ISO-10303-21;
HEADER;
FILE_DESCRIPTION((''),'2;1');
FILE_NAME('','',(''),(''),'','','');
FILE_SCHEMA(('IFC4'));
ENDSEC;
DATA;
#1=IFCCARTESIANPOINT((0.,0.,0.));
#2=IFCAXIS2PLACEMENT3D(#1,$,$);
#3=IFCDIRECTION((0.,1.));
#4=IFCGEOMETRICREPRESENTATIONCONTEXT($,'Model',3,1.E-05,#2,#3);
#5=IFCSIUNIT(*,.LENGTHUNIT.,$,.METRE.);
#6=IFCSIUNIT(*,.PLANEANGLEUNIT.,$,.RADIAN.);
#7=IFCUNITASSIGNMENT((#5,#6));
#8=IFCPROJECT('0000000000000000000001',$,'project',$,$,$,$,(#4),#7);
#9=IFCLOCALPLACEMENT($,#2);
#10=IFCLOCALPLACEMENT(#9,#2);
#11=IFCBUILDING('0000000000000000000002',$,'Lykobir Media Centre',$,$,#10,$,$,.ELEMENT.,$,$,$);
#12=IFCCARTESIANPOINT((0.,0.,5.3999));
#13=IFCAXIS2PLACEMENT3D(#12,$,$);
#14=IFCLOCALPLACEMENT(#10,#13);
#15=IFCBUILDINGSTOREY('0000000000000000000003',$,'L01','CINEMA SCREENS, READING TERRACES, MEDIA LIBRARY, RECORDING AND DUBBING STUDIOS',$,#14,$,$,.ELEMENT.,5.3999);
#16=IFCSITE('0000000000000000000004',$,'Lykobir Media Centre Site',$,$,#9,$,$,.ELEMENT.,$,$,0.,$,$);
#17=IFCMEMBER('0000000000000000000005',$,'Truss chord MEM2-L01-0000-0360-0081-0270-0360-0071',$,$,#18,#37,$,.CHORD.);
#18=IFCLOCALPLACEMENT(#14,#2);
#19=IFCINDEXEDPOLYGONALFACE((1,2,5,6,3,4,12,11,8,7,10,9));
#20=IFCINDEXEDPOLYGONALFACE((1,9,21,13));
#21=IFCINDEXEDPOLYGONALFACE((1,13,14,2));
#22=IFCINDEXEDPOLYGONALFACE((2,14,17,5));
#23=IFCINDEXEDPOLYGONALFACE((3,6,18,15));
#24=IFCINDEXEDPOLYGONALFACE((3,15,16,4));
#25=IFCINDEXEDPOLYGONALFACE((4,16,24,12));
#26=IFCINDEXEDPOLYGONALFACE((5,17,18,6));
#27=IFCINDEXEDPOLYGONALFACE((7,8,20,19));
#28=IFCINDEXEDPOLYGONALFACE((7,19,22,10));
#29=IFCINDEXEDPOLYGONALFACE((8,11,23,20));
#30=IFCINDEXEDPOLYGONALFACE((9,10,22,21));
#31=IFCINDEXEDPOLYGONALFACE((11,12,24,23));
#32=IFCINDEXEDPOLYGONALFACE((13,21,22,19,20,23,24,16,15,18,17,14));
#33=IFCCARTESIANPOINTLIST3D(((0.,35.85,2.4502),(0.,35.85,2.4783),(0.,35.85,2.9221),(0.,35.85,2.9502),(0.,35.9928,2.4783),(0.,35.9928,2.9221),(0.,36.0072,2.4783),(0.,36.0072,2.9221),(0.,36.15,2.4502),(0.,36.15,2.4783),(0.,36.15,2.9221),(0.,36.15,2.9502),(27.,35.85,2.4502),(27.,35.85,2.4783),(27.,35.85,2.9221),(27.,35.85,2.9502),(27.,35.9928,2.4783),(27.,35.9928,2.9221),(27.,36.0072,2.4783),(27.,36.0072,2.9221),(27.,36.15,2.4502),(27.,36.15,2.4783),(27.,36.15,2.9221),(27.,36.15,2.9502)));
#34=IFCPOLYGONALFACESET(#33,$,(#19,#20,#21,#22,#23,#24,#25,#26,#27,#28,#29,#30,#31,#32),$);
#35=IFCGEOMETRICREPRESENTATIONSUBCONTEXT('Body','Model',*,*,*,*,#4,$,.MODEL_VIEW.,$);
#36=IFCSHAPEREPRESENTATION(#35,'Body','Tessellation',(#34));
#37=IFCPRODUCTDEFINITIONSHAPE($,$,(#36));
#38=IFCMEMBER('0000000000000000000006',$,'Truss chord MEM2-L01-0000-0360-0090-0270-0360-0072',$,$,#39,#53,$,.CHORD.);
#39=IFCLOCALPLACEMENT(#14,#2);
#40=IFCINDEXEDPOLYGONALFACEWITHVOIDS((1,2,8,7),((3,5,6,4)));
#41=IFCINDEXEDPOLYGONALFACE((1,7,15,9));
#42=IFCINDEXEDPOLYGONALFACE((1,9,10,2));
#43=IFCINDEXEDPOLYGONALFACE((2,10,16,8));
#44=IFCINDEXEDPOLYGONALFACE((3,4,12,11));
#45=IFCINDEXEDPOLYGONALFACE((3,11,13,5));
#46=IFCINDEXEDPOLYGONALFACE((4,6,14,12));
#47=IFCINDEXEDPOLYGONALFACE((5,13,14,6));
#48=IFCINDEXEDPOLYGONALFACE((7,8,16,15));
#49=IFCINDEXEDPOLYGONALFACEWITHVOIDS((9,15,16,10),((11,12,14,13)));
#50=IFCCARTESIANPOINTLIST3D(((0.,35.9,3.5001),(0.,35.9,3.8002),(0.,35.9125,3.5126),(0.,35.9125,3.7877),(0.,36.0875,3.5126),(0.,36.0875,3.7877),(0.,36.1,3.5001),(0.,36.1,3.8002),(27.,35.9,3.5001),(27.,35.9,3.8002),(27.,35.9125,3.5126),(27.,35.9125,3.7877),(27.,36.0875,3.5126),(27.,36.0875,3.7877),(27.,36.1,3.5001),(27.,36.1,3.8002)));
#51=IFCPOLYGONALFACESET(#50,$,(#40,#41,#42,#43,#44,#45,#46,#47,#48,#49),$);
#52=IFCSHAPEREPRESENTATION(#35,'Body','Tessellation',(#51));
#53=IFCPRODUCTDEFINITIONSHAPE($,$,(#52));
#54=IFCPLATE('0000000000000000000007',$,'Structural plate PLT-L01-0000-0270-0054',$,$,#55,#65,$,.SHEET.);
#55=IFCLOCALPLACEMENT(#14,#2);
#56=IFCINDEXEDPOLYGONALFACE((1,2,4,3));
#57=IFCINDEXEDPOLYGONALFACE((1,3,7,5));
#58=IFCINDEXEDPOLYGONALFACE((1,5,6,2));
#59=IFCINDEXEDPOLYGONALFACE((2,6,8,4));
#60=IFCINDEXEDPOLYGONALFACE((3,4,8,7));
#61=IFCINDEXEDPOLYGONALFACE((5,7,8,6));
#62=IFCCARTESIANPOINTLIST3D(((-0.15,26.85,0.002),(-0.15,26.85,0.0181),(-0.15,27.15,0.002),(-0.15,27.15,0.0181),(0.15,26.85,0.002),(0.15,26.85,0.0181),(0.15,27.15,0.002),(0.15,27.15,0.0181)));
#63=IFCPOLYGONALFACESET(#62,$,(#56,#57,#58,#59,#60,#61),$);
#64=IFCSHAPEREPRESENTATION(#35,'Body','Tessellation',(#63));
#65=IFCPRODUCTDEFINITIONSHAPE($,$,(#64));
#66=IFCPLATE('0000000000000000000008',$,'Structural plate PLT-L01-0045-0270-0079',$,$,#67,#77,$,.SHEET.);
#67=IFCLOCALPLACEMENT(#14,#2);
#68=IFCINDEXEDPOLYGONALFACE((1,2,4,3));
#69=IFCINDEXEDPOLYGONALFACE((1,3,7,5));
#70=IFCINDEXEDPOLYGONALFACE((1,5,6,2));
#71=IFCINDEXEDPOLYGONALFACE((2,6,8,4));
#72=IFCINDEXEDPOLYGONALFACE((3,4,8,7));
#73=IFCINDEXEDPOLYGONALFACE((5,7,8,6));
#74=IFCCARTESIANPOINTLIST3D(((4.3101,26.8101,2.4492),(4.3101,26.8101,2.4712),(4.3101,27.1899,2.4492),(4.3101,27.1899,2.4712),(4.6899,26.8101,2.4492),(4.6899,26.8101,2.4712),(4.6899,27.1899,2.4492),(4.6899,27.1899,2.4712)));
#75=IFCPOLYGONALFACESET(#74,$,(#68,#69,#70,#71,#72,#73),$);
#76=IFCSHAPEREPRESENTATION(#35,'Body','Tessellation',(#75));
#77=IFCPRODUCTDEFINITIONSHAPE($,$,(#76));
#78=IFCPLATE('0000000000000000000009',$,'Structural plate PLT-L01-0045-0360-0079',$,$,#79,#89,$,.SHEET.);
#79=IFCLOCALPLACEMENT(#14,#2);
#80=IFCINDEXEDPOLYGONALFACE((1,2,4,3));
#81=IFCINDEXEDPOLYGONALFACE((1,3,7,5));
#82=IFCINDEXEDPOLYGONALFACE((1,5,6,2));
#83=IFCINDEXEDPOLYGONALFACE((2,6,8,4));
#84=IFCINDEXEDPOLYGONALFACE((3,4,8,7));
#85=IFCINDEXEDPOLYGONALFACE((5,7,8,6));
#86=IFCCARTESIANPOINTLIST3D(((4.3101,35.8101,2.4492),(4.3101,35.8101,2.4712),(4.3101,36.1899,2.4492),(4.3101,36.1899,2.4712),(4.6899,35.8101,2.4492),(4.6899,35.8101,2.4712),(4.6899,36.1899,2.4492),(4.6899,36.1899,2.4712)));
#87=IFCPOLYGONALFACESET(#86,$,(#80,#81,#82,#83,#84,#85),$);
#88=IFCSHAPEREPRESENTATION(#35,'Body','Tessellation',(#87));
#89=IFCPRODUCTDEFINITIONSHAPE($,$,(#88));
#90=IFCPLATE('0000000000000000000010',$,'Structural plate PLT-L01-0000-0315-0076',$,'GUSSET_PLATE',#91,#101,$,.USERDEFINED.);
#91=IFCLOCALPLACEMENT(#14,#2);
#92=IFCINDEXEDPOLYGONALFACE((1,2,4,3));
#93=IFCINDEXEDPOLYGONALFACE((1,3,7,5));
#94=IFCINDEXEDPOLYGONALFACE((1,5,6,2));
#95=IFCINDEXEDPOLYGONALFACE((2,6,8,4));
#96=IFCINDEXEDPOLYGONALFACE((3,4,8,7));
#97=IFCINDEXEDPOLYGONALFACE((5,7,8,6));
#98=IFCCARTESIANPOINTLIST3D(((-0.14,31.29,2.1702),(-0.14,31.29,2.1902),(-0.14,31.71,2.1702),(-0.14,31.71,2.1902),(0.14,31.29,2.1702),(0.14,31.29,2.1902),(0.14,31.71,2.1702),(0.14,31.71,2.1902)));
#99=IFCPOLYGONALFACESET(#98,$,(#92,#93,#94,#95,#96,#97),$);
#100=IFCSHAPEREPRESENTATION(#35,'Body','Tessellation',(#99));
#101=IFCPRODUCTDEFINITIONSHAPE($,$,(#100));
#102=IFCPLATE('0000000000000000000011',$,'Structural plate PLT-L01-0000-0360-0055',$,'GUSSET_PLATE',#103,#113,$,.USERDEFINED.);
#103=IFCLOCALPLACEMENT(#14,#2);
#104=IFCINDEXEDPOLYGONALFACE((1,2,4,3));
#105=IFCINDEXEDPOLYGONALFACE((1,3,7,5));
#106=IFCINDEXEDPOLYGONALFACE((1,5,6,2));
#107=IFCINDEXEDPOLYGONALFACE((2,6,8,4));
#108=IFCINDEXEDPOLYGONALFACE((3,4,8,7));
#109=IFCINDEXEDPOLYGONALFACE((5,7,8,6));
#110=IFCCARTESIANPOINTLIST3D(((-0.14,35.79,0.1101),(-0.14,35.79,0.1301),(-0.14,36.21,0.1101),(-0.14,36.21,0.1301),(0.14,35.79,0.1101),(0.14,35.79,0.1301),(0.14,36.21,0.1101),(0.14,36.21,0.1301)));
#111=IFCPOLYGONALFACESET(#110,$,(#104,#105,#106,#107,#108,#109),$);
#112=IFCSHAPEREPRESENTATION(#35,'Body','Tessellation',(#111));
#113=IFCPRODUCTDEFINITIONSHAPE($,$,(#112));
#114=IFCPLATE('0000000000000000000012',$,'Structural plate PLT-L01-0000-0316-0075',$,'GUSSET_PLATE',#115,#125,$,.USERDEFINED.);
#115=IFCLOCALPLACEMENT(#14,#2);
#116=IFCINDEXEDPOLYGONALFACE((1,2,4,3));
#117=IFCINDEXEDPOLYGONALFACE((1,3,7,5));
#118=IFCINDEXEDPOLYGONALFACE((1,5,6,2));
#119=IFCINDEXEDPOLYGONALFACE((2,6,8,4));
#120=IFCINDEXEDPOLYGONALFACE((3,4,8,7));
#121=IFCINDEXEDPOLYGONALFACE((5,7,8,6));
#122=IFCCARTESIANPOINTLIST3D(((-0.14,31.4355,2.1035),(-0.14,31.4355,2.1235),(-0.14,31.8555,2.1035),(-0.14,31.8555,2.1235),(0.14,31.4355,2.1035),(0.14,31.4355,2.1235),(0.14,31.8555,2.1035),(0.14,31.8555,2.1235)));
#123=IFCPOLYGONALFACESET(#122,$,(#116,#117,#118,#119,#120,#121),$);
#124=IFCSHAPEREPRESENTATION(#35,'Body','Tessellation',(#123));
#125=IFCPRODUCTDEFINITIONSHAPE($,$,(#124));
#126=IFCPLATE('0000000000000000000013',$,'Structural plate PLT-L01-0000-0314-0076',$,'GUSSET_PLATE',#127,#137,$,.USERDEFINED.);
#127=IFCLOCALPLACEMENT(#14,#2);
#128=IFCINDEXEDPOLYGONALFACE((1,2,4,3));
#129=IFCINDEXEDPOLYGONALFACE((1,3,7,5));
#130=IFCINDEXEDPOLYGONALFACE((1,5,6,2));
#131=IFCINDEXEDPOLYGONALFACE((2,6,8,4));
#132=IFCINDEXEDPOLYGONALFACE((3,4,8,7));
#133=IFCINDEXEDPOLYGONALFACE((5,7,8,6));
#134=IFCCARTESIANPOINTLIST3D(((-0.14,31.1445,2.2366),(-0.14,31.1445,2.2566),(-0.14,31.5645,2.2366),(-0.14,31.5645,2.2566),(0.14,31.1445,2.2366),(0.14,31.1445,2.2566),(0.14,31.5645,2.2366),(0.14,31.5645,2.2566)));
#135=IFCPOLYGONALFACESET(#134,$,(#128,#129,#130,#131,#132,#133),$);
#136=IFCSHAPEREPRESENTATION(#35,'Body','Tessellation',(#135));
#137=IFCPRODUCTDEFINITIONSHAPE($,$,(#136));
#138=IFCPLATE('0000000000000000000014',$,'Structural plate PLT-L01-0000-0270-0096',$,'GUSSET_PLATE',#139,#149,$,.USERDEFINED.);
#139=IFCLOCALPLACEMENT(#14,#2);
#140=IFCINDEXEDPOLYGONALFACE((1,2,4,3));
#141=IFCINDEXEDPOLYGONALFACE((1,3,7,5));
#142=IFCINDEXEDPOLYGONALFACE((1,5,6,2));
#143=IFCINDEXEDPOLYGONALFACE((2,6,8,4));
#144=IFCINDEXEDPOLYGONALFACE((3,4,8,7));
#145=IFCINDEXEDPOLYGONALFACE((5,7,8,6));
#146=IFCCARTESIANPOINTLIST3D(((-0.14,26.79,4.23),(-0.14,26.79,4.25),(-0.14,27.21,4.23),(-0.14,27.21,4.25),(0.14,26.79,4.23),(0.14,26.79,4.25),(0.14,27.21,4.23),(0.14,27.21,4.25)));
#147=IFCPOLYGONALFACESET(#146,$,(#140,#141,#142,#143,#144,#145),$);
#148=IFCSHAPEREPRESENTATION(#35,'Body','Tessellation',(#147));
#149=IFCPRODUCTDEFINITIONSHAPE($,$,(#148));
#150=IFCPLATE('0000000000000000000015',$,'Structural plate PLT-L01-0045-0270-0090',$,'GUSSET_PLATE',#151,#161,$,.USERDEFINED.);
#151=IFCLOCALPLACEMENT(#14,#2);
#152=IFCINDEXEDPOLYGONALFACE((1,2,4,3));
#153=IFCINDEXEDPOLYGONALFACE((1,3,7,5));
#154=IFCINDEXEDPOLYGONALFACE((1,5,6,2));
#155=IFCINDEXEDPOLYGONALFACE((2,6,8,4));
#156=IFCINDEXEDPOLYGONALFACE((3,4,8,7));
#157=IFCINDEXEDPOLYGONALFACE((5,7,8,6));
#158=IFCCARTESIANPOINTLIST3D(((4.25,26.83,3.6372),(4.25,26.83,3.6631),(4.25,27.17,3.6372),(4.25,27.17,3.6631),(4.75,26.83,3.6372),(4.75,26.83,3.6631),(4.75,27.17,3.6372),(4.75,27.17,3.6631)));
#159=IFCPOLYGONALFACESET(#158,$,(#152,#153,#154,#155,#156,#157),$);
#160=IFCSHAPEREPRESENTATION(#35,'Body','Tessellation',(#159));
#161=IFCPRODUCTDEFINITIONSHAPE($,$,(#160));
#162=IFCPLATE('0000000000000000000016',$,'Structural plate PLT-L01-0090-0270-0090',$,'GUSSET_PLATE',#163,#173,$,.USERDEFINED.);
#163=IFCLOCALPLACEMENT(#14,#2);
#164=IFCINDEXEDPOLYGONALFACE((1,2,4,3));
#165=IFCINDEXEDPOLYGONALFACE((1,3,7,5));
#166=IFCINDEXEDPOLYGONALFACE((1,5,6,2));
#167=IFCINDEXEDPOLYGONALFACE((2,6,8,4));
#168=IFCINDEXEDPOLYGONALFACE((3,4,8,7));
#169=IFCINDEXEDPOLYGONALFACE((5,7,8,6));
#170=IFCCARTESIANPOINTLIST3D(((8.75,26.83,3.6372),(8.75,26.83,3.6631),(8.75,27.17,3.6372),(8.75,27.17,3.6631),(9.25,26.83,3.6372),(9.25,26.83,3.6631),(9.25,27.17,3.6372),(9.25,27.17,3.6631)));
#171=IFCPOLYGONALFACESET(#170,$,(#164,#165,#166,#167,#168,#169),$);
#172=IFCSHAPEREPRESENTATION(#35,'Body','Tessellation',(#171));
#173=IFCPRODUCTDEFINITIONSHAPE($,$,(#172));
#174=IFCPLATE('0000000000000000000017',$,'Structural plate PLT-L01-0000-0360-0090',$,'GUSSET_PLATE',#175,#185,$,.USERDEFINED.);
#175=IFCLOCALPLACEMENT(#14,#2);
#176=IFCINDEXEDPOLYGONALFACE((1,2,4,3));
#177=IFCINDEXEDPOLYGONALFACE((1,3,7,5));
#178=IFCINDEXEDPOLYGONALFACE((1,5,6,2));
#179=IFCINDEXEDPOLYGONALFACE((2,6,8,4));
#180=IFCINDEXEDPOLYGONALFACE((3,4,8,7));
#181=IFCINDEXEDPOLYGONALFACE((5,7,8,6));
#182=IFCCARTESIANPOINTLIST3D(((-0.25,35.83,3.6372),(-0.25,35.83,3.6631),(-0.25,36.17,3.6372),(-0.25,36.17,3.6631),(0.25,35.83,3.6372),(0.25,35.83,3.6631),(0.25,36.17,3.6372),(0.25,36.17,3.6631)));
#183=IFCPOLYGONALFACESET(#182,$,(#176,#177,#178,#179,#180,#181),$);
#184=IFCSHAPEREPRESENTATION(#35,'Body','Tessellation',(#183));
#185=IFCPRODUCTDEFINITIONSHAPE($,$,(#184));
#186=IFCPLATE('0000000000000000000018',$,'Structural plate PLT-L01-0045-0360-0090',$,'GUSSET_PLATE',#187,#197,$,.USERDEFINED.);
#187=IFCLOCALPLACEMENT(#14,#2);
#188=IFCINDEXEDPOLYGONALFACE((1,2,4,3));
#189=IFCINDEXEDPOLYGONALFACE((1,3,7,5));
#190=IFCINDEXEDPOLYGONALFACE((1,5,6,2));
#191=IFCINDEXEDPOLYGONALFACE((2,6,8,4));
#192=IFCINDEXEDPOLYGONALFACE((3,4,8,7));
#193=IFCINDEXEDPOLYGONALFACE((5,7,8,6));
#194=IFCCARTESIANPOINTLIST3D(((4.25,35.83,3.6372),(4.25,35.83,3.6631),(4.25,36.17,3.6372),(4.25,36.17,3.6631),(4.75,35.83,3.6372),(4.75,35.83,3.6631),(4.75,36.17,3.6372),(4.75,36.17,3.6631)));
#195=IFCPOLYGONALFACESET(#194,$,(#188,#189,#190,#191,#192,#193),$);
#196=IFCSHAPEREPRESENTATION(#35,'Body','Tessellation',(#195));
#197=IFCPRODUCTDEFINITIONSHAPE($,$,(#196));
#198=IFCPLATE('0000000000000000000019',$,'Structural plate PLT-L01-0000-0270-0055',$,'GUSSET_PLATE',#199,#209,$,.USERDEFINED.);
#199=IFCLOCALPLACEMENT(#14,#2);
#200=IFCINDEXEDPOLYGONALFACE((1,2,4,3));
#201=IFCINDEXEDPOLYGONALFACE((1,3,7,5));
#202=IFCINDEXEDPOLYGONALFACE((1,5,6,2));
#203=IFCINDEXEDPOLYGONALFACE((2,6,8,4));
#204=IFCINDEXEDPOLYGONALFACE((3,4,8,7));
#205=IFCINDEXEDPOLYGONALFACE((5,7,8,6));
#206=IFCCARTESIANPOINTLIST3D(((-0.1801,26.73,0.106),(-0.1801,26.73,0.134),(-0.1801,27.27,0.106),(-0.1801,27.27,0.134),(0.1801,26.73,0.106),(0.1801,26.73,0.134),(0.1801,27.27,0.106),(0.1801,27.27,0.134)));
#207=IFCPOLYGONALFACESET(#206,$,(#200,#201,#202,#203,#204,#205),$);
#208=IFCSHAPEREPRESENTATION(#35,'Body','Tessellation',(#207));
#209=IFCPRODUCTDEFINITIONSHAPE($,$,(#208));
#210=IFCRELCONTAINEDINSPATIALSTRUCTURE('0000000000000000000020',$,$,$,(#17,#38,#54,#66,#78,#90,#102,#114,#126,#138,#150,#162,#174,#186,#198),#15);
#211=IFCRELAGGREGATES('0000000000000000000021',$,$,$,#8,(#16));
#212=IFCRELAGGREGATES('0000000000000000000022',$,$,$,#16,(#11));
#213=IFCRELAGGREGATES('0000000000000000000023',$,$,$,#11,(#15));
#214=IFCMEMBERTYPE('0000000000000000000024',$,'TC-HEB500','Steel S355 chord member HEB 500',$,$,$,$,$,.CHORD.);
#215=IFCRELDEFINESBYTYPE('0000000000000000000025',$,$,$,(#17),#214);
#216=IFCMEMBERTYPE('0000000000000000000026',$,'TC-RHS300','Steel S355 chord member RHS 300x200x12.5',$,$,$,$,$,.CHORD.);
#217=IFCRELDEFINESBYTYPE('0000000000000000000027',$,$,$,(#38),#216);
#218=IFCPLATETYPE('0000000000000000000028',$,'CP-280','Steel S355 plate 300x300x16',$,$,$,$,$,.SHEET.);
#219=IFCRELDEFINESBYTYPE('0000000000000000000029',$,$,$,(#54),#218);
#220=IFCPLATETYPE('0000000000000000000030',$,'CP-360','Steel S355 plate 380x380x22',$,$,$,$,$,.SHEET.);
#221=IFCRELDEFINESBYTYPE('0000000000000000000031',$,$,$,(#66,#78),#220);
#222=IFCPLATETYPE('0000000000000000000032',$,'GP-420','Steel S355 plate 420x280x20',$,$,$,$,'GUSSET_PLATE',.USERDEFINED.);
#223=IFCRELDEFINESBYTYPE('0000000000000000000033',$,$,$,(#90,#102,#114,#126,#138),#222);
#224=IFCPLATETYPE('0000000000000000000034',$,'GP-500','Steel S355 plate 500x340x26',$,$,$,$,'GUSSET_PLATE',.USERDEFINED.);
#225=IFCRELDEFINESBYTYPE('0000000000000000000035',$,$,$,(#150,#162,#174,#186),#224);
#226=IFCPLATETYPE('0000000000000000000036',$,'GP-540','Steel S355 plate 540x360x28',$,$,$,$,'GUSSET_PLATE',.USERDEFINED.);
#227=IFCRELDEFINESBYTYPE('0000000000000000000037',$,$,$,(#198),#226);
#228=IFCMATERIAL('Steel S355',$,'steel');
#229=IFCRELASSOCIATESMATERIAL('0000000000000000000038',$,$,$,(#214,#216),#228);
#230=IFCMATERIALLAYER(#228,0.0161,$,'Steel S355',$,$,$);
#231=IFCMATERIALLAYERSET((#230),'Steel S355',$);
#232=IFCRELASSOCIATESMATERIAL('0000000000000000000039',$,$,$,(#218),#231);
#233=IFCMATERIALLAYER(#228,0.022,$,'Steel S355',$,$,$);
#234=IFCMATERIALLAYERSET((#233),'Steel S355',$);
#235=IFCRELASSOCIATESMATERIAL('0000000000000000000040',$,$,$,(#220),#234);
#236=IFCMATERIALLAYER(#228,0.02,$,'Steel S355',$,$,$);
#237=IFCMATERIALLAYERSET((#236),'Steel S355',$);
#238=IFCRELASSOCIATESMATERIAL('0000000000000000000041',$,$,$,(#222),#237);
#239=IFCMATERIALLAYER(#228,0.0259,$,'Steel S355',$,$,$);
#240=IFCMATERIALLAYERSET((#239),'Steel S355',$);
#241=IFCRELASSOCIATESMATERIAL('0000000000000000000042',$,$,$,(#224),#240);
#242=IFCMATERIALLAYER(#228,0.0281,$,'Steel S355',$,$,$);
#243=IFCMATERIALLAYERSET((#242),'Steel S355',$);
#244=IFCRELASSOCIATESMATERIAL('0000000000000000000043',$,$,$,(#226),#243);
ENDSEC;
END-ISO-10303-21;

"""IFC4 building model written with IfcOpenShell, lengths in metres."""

from ifc_helpers import new_model, si_unit, direction, frame, origin, origin_2d, place, context, subcontext, project, spatial, rectangle, hollow_rectangle, i_section, extrude, material, layer, layer_set, material_profile, profile_set, type_object, element, save


model = new_model("IFC4")

# Units and contexts
model_context = context("Model", 3, precision=1e-05, world=origin(), true_north=direction((0.0, 1.0)))
body_context = subcontext(model_context, "Body", "Model", "MODEL_VIEW")
ifc_project = project(units=[si_unit("LENGTHUNIT", "METRE"), si_unit("PLANEANGLEUNIT", "RADIAN")], contexts=[model_context])

# Site, building, storey
site_placement = place(None, origin())
site = spatial("IfcSite", under=ifc_project, at=site_placement, Name="Lykobir Media Centre Site", CompositionType="ELEMENT", RefElevation=0.0)
building_placement = place(site_placement, origin())
building = spatial("IfcBuilding", under=site, at=building_placement, Name="Lykobir Media Centre", CompositionType="ELEMENT")
storey_placement = place(building_placement, frame((0.0, 0.0, 5.3999)))
storey = spatial("IfcBuildingStorey", under=building, at=storey_placement, Name="L01", Description="CINEMA SCREENS, READING TERRACES, MEDIA LIBRARY, RECORDING AND DUBBING STUDIOS", CompositionType="ELEMENT", Elevation=5.3999)

# Shared definitions
ifc_material_1 = material(Name="Steel S355", Category="steel")

# Members
ifc_material_profile_1 = material_profile(ifc_material_1, i_section(OverallWidth=0.3, OverallDepth=0.5, WebThickness=0.0144, FlangeThickness=0.0281, at=origin_2d()), Name="HEB 500")
ifc_profile_set_1 = profile_set([ifc_material_profile_1], Name="Steel S355")
member_type_1 = type_object("IfcMemberType", Name="TC-HEB500", Description="Steel S355 chord member HEB 500", PredefinedType="CHORD", material=ifc_profile_set_1)
member_1_placement = place(storey_placement, frame((0.0, 36.0, 2.7002), z_axis=(1.0, 0.0, 0.0), x_axis=(0.0, 1.0, 0.0)))
element("IfcMember", 1, at=member_1_placement, inside=storey, type_object=member_type_1, Name="Truss chord MEM2-L01-0000-0360-0081-0270-0360-0071", PredefinedType="CHORD", context=body_context, shape_type="SweptSolid", body=[
    extrude(i_section(OverallWidth=0.3, OverallDepth=0.5, WebThickness=0.0144, FlangeThickness=0.0281, at=origin_2d()), origin(), (0.0, 0.0, 1.0), 27.0),
])
ifc_material_profile_2 = material_profile(ifc_material_1, hollow_rectangle(XDim=0.2, YDim=0.3, WallThickness=0.0125, at=origin_2d()), Name="RHS 300x200x12.5")
ifc_profile_set_2 = profile_set([ifc_material_profile_2], Name="Steel S355")
member_type_2 = type_object("IfcMemberType", Name="TC-RHS300", Description="Steel S355 chord member RHS 300x200x12.5", PredefinedType="CHORD", material=ifc_profile_set_2)
member_2_placement = place(storey_placement, frame((0.0, 36.0, 3.6501), z_axis=(1.0, 0.0, 0.0), x_axis=(0.0, 1.0, 0.0)))
element("IfcMember", 2, at=member_2_placement, inside=storey, type_object=member_type_2, Name="Truss chord MEM2-L01-0000-0360-0090-0270-0360-0072", PredefinedType="CHORD", context=body_context, shape_type="SweptSolid", body=[
    extrude(hollow_rectangle(XDim=0.2, YDim=0.3, WallThickness=0.0125, at=origin_2d()), origin(), (0.0, 0.0, 1.0), 27.0),
])

# Plates
ifc_layer_1 = layer(ifc_material_1, 0.0161, Name="Steel S355")
ifc_layer_set_1 = layer_set([ifc_layer_1], Name="Steel S355")
plate_type_1 = type_object("IfcPlateType", Name="CP-280", Description="Steel S355 plate 300x300x16", PredefinedType="SHEET", material=ifc_layer_set_1)
plate_placement = place(storey_placement, frame((0.0, 27.0, 0.002), z_axis=(0.0, 0.0, 1.0), x_axis=(0.0, 1.0, 0.0)))
element("IfcPlate", 3, at=plate_placement, inside=storey, type_object=plate_type_1, Name="Structural plate PLT-L01-0000-0270-0054", PredefinedType="SHEET", context=body_context, shape_type="SweptSolid", body=[
    extrude(rectangle(XDim=0.3, YDim=0.3, at=origin_2d()), origin(), (0.0, 0.0, 1.0), 0.0161),
])
ifc_layer_2 = layer(ifc_material_1, 0.022, Name="Steel S355")
ifc_layer_set_2 = layer_set([ifc_layer_2], Name="Steel S355")
plate_type_2 = type_object("IfcPlateType", Name="CP-360", Description="Steel S355 plate 380x380x22", PredefinedType="SHEET", material=ifc_layer_set_2)
for number, where, z_axis, x_axis, name in (
    (4, (4.5, 27.0, 2.4492), (0.0, 0.0, 1.0), (1.0, 0.0, 0.0), "Structural plate PLT-L01-0045-0270-0079"),
    (5, (4.5, 36.0, 2.4492), (0.0, 0.0, 1.0), (1.0, 0.0, 0.0), "Structural plate PLT-L01-0045-0360-0079"),
):
    element("IfcPlate", number, at=place(storey_placement, frame(where, z_axis=z_axis, x_axis=x_axis)), inside=storey, type_object=plate_type_2, Name=name, PredefinedType="SHEET", context=body_context, shape_type="SweptSolid", body=[
        extrude(rectangle(XDim=0.3799, YDim=0.3799, at=origin_2d()), origin(), (0.0, 0.0, 1.0), 0.022),
    ])
ifc_layer_3 = layer(ifc_material_1, 0.02, Name="Steel S355")
ifc_layer_set_3 = layer_set([ifc_layer_3], Name="Steel S355")
plate_type_3 = type_object("IfcPlateType", Name="GP-420", Description="Steel S355 plate 420x280x20", ElementType="GUSSET_PLATE", PredefinedType="USERDEFINED", material=ifc_layer_set_3)
for number, where, z_axis, x_axis, name in (
    (6, (0.0, 31.5, 2.1702), (0.0, 0.0, 1.0), (0.0, 1.0, 0.0), "Structural plate PLT-L01-0000-0315-0076"),
    (7, (0.0, 36.0, 0.1101), (0.0, 0.0, 1.0), (0.0, 1.0, 0.0), "Structural plate PLT-L01-0000-0360-0055"),
    (8, (0.0, 31.6455, 2.1035), (0.0, 0.0, 1.0), (0.0, 1.0, 0.0), "Structural plate PLT-L01-0000-0316-0075"),
    (9, (0.0, 31.3545, 2.2366), (0.0, 0.0, 1.0), (0.0, 1.0, 0.0), "Structural plate PLT-L01-0000-0314-0076"),
    (10, (0.0, 27.0, 4.23), (0.0, 0.0, 1.0), (0.0, 1.0, 0.0), "Structural plate PLT-L01-0000-0270-0096"),
):
    element("IfcPlate", number, at=place(storey_placement, frame(where, z_axis=z_axis, x_axis=x_axis)), inside=storey, type_object=plate_type_3, Name=name, ObjectType="GUSSET_PLATE", PredefinedType="USERDEFINED", context=body_context, shape_type="SweptSolid", body=[
        extrude(rectangle(XDim=0.4199, YDim=0.28, at=origin_2d()), origin(), (0.0, 0.0, 1.0), 0.02),
    ])
ifc_layer_4 = layer(ifc_material_1, 0.0259, Name="Steel S355")
ifc_layer_set_4 = layer_set([ifc_layer_4], Name="Steel S355")
plate_type_4 = type_object("IfcPlateType", Name="GP-500", Description="Steel S355 plate 500x340x26", ElementType="GUSSET_PLATE", PredefinedType="USERDEFINED", material=ifc_layer_set_4)
for number, where, z_axis, x_axis, name in (
    (11, (4.5, 27.0, 3.6372), (0.0, 0.0, 1.0), (1.0, 0.0, 0.0), "Structural plate PLT-L01-0045-0270-0090"),
    (12, (9.0, 27.0, 3.6372), (0.0, 0.0, 1.0), (1.0, 0.0, 0.0), "Structural plate PLT-L01-0090-0270-0090"),
    (13, (0.0, 36.0, 3.6372), (0.0, 0.0, 1.0), (1.0, 0.0, 0.0), "Structural plate PLT-L01-0000-0360-0090"),
    (14, (4.5, 36.0, 3.6372), (0.0, 0.0, 1.0), (1.0, 0.0, 0.0), "Structural plate PLT-L01-0045-0360-0090"),
):
    element("IfcPlate", number, at=place(storey_placement, frame(where, z_axis=z_axis, x_axis=x_axis)), inside=storey, type_object=plate_type_4, Name=name, ObjectType="GUSSET_PLATE", PredefinedType="USERDEFINED", context=body_context, shape_type="SweptSolid", body=[
        extrude(rectangle(XDim=0.5, YDim=0.3401, at=origin_2d()), origin(), (0.0, 0.0, 1.0), 0.0259),
    ])
ifc_layer_5 = layer(ifc_material_1, 0.0281, Name="Steel S355")
ifc_layer_set_5 = layer_set([ifc_layer_5], Name="Steel S355")
plate_type_5 = type_object("IfcPlateType", Name="GP-540", Description="Steel S355 plate 540x360x28", ElementType="GUSSET_PLATE", PredefinedType="USERDEFINED", material=ifc_layer_set_5)
for number, where, z_axis, x_axis, name in (
    (15, (0.0, 27.0, 0.106), (0.0, 0.0, 1.0), (0.0, 1.0, 0.0), "Structural plate PLT-L01-0000-0270-0055"),
):
    element("IfcPlate", number, at=place(storey_placement, frame(where, z_axis=z_axis, x_axis=x_axis)), inside=storey, type_object=plate_type_5, Name=name, ObjectType="GUSSET_PLATE", PredefinedType="USERDEFINED", context=body_context, shape_type="SweptSolid", body=[
        extrude(rectangle(XDim=0.54, YDim=0.3601, at=origin_2d()), origin(), (0.0, 0.0, 1.0), 0.0281),
    ])

save(model, "model.ifc")
